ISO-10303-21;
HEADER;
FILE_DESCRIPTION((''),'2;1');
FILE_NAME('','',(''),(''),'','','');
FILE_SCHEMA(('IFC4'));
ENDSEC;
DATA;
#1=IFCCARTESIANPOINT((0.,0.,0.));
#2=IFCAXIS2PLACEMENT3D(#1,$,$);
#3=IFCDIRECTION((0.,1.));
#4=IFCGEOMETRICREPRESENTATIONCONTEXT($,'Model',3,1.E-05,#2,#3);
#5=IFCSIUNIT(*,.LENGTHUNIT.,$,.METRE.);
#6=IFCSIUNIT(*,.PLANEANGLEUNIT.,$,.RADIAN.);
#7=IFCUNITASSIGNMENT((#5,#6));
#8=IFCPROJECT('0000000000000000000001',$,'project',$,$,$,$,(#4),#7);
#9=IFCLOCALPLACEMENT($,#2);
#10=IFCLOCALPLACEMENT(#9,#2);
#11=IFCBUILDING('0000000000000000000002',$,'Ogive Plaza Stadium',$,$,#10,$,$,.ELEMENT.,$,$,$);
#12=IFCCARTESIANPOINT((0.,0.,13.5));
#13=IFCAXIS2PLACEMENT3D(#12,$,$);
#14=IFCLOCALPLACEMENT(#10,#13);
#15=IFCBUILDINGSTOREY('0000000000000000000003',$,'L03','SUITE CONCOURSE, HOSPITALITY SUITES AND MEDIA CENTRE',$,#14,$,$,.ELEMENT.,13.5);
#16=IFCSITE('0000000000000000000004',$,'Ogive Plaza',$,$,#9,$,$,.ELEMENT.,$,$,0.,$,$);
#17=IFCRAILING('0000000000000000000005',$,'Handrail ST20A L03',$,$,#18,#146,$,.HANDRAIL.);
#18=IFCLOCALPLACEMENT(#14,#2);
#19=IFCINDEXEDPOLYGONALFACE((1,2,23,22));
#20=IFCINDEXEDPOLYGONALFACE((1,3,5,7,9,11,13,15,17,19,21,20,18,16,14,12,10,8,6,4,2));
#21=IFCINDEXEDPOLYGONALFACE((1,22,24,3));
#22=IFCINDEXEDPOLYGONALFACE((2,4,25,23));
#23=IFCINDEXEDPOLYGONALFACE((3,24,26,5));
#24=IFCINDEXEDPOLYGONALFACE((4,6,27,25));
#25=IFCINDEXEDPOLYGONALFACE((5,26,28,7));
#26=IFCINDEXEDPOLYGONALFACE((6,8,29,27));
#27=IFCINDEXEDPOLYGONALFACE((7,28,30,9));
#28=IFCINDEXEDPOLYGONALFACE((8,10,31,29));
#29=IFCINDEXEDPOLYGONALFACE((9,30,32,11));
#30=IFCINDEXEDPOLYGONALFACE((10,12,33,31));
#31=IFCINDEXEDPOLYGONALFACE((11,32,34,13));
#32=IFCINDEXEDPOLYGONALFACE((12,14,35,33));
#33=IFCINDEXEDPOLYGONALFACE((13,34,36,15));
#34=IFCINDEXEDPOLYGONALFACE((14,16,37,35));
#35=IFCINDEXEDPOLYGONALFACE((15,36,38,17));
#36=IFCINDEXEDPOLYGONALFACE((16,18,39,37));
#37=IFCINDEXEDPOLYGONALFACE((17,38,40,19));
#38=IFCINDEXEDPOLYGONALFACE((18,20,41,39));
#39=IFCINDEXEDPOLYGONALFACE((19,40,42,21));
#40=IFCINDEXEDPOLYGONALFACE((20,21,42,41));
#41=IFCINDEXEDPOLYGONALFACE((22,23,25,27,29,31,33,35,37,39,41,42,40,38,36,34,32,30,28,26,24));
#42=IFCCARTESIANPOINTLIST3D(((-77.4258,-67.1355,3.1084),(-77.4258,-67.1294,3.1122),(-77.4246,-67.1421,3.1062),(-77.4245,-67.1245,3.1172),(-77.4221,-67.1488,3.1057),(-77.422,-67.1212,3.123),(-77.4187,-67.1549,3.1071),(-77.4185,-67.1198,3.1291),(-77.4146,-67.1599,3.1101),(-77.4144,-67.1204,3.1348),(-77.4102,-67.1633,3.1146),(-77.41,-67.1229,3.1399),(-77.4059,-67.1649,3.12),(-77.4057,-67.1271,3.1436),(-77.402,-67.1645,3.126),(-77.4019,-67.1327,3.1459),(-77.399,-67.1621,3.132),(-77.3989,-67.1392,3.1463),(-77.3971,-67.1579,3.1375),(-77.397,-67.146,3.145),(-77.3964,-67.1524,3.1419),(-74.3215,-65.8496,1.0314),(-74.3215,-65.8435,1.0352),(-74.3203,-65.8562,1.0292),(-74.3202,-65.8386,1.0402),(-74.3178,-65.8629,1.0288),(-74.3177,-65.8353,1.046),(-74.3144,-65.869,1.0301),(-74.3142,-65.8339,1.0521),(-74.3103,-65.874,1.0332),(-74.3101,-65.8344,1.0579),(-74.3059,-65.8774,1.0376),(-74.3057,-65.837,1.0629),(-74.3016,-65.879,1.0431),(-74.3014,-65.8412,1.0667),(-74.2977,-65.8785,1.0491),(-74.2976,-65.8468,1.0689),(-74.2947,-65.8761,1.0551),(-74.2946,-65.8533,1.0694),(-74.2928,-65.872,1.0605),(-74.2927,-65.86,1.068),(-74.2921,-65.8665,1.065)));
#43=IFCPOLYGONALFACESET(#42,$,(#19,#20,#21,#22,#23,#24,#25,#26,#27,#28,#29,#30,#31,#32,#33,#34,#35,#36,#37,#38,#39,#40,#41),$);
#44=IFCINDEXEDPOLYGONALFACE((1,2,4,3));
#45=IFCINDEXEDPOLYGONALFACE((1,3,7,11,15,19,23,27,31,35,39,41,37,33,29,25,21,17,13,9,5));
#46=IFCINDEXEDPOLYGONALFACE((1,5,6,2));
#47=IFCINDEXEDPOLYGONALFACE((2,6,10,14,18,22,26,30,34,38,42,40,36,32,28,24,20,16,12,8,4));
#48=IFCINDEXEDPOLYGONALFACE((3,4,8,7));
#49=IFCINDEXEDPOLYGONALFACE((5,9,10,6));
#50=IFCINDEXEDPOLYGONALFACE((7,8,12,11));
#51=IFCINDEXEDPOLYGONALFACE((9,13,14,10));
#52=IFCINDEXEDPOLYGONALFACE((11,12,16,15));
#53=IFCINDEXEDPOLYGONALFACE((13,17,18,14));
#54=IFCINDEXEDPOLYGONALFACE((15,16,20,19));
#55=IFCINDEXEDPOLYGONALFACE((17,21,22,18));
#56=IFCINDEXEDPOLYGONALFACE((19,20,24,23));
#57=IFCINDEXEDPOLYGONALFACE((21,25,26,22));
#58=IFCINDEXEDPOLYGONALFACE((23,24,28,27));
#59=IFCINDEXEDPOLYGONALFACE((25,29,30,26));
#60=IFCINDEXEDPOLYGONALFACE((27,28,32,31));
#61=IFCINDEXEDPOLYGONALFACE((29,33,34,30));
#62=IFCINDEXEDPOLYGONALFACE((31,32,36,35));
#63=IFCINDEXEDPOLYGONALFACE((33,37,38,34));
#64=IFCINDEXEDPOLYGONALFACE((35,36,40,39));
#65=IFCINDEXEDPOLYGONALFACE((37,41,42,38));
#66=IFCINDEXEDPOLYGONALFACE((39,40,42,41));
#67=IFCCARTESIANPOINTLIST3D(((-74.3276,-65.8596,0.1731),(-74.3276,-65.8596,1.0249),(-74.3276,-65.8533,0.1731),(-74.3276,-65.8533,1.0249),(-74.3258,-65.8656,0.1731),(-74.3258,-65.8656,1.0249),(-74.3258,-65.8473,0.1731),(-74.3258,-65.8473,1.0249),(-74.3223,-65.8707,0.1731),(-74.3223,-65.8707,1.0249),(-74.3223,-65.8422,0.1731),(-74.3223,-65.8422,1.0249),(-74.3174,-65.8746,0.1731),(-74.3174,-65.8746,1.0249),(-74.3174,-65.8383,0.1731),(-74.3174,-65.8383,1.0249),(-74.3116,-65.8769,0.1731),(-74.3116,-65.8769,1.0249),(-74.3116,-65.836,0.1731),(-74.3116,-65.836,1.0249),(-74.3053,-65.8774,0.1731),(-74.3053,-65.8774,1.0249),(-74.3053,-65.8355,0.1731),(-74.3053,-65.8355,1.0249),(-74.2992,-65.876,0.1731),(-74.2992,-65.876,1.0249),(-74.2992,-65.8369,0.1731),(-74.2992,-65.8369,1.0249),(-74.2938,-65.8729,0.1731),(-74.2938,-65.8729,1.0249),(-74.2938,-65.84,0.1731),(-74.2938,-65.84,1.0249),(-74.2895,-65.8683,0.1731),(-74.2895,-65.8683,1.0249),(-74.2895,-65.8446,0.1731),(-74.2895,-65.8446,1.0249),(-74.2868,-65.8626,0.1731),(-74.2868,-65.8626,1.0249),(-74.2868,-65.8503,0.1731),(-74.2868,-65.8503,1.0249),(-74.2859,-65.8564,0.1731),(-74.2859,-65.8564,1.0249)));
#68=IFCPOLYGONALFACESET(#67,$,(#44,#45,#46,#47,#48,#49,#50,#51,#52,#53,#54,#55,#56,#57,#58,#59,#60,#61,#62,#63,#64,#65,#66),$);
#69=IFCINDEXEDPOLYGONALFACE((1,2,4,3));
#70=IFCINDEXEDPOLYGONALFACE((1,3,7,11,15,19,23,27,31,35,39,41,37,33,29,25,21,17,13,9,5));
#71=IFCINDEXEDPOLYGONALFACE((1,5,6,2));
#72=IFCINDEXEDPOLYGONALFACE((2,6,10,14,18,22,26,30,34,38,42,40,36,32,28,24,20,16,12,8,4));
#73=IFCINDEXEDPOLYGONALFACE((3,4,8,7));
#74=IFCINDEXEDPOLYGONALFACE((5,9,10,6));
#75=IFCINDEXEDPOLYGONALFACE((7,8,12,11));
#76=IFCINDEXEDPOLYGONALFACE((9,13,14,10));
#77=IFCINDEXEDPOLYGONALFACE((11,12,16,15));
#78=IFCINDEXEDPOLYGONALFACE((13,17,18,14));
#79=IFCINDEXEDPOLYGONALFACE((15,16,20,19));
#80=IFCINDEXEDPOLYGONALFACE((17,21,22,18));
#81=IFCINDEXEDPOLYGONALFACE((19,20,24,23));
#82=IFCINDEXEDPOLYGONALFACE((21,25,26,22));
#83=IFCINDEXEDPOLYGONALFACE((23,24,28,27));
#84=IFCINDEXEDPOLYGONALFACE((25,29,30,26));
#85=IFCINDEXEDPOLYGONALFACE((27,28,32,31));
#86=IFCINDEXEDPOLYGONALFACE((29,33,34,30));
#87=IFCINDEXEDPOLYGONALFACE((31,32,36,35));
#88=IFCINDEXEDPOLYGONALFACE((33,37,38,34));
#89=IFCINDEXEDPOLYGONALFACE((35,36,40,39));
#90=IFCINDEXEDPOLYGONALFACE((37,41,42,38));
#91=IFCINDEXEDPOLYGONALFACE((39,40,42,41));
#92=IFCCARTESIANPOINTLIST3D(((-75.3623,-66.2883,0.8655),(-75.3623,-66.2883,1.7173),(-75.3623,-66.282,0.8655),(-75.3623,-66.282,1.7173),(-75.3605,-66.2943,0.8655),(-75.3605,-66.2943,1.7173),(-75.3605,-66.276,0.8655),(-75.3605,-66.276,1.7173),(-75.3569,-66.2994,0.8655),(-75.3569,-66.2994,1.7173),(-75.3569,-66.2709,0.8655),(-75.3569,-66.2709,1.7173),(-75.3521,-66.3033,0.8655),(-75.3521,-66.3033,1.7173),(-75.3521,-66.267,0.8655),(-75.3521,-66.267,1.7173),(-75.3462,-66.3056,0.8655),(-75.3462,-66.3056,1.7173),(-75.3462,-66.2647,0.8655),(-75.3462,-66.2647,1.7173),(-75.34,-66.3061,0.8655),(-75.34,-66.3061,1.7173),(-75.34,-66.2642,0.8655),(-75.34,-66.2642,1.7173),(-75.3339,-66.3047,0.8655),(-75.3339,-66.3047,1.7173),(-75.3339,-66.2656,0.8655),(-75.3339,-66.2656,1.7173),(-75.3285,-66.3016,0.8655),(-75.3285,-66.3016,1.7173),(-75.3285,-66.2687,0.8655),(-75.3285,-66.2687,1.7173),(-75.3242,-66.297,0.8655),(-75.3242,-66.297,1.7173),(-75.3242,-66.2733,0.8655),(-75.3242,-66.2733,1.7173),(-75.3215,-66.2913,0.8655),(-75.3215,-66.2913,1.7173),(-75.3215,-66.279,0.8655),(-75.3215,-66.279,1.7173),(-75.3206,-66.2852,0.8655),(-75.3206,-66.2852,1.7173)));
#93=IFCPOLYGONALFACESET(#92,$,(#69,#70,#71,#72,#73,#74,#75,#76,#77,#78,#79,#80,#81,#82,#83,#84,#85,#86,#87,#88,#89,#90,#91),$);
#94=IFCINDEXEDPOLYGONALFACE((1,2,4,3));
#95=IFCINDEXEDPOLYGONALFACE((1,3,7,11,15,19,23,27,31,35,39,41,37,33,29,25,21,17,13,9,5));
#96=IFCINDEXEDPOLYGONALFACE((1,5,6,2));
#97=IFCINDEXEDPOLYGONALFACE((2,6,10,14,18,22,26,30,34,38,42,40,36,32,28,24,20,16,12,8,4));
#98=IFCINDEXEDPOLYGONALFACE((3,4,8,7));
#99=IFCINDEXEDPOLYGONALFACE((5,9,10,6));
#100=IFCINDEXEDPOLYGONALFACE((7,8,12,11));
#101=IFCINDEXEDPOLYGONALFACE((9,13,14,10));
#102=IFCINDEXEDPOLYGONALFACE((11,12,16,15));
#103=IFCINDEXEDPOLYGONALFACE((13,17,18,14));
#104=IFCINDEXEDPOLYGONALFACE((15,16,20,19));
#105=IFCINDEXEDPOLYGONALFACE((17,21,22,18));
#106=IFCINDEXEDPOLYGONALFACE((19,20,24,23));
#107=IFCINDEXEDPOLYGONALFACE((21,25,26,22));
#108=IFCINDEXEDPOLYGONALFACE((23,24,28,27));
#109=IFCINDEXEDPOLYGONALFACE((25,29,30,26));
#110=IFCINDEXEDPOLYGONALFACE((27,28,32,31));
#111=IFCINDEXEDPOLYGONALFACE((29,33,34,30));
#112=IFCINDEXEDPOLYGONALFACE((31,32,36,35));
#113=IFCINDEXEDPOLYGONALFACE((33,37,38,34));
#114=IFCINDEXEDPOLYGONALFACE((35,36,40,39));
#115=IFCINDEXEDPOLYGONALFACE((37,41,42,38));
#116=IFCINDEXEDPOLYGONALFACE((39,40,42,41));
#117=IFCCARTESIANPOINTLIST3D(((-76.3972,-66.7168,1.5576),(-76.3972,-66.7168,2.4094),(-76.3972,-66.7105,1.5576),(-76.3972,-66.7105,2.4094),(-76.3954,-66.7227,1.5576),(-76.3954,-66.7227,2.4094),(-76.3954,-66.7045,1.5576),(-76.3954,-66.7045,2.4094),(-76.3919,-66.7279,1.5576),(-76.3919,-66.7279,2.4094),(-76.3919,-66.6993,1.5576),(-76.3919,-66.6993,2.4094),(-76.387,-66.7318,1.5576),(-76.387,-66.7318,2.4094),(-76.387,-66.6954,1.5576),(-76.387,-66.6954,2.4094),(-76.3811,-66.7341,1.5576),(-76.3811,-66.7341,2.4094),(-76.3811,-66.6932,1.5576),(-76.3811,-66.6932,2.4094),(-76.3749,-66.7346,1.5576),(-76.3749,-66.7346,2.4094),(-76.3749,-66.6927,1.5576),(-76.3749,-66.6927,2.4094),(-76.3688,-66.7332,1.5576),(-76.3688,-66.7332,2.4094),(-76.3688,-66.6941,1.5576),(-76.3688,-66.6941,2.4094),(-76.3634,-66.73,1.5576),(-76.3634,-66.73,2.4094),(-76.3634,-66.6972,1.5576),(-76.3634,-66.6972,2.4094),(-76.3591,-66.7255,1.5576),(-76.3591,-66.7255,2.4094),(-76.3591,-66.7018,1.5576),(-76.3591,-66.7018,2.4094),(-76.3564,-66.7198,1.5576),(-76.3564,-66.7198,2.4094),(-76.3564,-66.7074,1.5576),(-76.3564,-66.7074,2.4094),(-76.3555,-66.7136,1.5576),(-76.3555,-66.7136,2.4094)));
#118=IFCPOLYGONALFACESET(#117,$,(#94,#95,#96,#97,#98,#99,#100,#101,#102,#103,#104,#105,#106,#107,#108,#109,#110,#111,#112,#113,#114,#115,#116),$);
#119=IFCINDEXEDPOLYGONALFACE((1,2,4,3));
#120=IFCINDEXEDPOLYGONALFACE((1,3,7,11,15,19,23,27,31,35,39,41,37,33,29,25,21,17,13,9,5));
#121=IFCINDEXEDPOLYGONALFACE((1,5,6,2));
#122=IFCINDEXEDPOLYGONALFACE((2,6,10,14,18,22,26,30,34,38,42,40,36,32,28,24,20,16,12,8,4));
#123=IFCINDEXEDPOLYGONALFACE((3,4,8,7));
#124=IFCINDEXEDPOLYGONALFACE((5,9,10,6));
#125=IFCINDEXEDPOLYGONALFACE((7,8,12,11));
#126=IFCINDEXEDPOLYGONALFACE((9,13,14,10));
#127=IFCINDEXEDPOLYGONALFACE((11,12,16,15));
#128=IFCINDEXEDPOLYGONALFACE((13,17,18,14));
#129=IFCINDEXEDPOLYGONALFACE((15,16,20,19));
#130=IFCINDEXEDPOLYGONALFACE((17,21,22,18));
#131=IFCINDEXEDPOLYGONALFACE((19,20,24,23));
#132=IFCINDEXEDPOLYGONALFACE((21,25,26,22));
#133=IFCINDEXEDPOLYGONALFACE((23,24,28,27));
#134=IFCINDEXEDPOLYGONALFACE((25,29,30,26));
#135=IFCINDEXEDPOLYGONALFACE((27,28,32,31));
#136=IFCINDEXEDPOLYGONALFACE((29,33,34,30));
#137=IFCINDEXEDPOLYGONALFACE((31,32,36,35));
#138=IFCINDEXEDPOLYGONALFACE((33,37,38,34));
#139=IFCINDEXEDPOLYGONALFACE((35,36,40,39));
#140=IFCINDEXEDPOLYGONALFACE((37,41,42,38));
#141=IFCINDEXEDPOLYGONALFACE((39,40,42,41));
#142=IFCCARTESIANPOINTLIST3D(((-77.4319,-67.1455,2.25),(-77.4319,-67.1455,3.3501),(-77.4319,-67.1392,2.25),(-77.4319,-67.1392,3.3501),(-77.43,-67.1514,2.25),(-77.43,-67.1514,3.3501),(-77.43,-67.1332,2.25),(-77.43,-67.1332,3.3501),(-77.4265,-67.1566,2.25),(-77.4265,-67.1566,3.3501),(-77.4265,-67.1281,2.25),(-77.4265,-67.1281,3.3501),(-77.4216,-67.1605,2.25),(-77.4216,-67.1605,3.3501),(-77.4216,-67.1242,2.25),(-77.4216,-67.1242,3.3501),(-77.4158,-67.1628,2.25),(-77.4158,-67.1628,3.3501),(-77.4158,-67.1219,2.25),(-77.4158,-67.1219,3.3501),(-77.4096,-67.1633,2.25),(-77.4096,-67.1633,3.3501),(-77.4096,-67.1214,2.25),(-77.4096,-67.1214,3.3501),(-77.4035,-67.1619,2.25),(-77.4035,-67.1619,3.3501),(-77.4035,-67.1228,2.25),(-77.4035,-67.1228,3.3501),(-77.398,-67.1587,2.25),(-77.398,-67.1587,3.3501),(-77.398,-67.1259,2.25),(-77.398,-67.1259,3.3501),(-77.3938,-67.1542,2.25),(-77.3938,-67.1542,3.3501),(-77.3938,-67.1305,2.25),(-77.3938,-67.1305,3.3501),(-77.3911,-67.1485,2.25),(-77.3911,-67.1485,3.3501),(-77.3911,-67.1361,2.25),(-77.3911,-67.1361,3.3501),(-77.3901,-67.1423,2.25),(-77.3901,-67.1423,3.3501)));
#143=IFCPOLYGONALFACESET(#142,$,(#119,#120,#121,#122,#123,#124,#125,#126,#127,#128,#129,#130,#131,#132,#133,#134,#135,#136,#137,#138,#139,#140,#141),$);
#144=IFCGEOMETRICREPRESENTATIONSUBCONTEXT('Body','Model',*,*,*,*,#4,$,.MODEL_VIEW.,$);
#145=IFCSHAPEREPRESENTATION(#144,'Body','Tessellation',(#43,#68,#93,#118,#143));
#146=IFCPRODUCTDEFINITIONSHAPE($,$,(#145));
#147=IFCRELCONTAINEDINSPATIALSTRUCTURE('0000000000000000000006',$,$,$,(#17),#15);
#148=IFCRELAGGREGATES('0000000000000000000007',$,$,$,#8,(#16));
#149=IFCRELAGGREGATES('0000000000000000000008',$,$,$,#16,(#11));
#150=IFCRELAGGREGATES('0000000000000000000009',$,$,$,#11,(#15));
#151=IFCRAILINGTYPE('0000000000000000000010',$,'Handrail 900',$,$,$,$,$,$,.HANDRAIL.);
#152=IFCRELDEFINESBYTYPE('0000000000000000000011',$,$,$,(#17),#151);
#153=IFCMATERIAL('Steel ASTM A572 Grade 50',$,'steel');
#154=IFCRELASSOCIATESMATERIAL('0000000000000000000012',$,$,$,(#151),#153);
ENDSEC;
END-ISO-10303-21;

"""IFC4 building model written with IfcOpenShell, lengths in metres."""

from ifc_helpers import new_model, si_unit, direction, frame, origin, origin_2d, place, context, subcontext, project, spatial, circle, extrude, material, type_object, element, save


model = new_model("IFC4")

# Units and contexts
model_context = context("Model", 3, precision=1e-05, world=origin(), true_north=direction((0.0, 1.0)))
body_context = subcontext(model_context, "Body", "Model", "MODEL_VIEW")
ifc_project = project(units=[si_unit("LENGTHUNIT", "METRE"), si_unit("PLANEANGLEUNIT", "RADIAN")], contexts=[model_context])

# Site, building, storey
site_placement = place(None, origin())
site = spatial("IfcSite", under=ifc_project, at=site_placement, Name="Ogive Plaza", CompositionType="ELEMENT", RefElevation=0.0)
building_placement = place(site_placement, origin())
building = spatial("IfcBuilding", under=site, at=building_placement, Name="Ogive Plaza Stadium", CompositionType="ELEMENT")
storey_placement = place(building_placement, frame((0.0, 0.0, 13.5)))
storey = spatial("IfcBuildingStorey", under=building, at=storey_placement, Name="L03", Description="SUITE CONCOURSE, HOSPITALITY SUITES AND MEDIA CENTRE", CompositionType="ELEMENT", Elevation=13.5)

# Railing
ifc_material_1 = material(Name="Steel ASTM A572 Grade 50", Category="steel")
railing_type_1 = type_object("IfcRailingType", Name="Handrail 900", PredefinedType="HANDRAIL", material=ifc_material_1)
railing_1_placement = place(storey_placement, frame((-74.3069, -65.8564, 0.1731)))
element("IfcRailing", 1, at=railing_1_placement, inside=storey, type_object=railing_type_1, Name="Handrail ST20A L03", PredefinedType="HANDRAIL", context=body_context, shape_type="SweptSolid", body=[
    extrude(circle(Radius=0.0239, at=origin_2d()), frame((0.0, 0.0, 0.876), z_axis=(-0.785863, -0.325532, 0.525783), x_axis=(0.3827, -0.923872, 0.0)), (0.0, 0.0, 1.0), 3.9502),
    extrude(circle(Radius=0.021, at=origin_2d()), origin(), (0.0, 0.0, 1.0), 0.8518),
    extrude(circle(Radius=0.021, at=origin_2d()), frame((-1.0347, -0.4287, 0.6924)), (0.0, 0.0, 1.0), 0.8518),
    extrude(circle(Radius=0.021, at=origin_2d()), frame((-2.0696, -0.8572, 1.3845)), (0.0, 0.0, 1.0), 0.8518),
    extrude(circle(Radius=0.021, at=origin_2d()), frame((-3.1042, -1.2859, 2.0769)), (0.0, 0.0, 1.0), 1.1001),
])

save(model, "model.ifc")
